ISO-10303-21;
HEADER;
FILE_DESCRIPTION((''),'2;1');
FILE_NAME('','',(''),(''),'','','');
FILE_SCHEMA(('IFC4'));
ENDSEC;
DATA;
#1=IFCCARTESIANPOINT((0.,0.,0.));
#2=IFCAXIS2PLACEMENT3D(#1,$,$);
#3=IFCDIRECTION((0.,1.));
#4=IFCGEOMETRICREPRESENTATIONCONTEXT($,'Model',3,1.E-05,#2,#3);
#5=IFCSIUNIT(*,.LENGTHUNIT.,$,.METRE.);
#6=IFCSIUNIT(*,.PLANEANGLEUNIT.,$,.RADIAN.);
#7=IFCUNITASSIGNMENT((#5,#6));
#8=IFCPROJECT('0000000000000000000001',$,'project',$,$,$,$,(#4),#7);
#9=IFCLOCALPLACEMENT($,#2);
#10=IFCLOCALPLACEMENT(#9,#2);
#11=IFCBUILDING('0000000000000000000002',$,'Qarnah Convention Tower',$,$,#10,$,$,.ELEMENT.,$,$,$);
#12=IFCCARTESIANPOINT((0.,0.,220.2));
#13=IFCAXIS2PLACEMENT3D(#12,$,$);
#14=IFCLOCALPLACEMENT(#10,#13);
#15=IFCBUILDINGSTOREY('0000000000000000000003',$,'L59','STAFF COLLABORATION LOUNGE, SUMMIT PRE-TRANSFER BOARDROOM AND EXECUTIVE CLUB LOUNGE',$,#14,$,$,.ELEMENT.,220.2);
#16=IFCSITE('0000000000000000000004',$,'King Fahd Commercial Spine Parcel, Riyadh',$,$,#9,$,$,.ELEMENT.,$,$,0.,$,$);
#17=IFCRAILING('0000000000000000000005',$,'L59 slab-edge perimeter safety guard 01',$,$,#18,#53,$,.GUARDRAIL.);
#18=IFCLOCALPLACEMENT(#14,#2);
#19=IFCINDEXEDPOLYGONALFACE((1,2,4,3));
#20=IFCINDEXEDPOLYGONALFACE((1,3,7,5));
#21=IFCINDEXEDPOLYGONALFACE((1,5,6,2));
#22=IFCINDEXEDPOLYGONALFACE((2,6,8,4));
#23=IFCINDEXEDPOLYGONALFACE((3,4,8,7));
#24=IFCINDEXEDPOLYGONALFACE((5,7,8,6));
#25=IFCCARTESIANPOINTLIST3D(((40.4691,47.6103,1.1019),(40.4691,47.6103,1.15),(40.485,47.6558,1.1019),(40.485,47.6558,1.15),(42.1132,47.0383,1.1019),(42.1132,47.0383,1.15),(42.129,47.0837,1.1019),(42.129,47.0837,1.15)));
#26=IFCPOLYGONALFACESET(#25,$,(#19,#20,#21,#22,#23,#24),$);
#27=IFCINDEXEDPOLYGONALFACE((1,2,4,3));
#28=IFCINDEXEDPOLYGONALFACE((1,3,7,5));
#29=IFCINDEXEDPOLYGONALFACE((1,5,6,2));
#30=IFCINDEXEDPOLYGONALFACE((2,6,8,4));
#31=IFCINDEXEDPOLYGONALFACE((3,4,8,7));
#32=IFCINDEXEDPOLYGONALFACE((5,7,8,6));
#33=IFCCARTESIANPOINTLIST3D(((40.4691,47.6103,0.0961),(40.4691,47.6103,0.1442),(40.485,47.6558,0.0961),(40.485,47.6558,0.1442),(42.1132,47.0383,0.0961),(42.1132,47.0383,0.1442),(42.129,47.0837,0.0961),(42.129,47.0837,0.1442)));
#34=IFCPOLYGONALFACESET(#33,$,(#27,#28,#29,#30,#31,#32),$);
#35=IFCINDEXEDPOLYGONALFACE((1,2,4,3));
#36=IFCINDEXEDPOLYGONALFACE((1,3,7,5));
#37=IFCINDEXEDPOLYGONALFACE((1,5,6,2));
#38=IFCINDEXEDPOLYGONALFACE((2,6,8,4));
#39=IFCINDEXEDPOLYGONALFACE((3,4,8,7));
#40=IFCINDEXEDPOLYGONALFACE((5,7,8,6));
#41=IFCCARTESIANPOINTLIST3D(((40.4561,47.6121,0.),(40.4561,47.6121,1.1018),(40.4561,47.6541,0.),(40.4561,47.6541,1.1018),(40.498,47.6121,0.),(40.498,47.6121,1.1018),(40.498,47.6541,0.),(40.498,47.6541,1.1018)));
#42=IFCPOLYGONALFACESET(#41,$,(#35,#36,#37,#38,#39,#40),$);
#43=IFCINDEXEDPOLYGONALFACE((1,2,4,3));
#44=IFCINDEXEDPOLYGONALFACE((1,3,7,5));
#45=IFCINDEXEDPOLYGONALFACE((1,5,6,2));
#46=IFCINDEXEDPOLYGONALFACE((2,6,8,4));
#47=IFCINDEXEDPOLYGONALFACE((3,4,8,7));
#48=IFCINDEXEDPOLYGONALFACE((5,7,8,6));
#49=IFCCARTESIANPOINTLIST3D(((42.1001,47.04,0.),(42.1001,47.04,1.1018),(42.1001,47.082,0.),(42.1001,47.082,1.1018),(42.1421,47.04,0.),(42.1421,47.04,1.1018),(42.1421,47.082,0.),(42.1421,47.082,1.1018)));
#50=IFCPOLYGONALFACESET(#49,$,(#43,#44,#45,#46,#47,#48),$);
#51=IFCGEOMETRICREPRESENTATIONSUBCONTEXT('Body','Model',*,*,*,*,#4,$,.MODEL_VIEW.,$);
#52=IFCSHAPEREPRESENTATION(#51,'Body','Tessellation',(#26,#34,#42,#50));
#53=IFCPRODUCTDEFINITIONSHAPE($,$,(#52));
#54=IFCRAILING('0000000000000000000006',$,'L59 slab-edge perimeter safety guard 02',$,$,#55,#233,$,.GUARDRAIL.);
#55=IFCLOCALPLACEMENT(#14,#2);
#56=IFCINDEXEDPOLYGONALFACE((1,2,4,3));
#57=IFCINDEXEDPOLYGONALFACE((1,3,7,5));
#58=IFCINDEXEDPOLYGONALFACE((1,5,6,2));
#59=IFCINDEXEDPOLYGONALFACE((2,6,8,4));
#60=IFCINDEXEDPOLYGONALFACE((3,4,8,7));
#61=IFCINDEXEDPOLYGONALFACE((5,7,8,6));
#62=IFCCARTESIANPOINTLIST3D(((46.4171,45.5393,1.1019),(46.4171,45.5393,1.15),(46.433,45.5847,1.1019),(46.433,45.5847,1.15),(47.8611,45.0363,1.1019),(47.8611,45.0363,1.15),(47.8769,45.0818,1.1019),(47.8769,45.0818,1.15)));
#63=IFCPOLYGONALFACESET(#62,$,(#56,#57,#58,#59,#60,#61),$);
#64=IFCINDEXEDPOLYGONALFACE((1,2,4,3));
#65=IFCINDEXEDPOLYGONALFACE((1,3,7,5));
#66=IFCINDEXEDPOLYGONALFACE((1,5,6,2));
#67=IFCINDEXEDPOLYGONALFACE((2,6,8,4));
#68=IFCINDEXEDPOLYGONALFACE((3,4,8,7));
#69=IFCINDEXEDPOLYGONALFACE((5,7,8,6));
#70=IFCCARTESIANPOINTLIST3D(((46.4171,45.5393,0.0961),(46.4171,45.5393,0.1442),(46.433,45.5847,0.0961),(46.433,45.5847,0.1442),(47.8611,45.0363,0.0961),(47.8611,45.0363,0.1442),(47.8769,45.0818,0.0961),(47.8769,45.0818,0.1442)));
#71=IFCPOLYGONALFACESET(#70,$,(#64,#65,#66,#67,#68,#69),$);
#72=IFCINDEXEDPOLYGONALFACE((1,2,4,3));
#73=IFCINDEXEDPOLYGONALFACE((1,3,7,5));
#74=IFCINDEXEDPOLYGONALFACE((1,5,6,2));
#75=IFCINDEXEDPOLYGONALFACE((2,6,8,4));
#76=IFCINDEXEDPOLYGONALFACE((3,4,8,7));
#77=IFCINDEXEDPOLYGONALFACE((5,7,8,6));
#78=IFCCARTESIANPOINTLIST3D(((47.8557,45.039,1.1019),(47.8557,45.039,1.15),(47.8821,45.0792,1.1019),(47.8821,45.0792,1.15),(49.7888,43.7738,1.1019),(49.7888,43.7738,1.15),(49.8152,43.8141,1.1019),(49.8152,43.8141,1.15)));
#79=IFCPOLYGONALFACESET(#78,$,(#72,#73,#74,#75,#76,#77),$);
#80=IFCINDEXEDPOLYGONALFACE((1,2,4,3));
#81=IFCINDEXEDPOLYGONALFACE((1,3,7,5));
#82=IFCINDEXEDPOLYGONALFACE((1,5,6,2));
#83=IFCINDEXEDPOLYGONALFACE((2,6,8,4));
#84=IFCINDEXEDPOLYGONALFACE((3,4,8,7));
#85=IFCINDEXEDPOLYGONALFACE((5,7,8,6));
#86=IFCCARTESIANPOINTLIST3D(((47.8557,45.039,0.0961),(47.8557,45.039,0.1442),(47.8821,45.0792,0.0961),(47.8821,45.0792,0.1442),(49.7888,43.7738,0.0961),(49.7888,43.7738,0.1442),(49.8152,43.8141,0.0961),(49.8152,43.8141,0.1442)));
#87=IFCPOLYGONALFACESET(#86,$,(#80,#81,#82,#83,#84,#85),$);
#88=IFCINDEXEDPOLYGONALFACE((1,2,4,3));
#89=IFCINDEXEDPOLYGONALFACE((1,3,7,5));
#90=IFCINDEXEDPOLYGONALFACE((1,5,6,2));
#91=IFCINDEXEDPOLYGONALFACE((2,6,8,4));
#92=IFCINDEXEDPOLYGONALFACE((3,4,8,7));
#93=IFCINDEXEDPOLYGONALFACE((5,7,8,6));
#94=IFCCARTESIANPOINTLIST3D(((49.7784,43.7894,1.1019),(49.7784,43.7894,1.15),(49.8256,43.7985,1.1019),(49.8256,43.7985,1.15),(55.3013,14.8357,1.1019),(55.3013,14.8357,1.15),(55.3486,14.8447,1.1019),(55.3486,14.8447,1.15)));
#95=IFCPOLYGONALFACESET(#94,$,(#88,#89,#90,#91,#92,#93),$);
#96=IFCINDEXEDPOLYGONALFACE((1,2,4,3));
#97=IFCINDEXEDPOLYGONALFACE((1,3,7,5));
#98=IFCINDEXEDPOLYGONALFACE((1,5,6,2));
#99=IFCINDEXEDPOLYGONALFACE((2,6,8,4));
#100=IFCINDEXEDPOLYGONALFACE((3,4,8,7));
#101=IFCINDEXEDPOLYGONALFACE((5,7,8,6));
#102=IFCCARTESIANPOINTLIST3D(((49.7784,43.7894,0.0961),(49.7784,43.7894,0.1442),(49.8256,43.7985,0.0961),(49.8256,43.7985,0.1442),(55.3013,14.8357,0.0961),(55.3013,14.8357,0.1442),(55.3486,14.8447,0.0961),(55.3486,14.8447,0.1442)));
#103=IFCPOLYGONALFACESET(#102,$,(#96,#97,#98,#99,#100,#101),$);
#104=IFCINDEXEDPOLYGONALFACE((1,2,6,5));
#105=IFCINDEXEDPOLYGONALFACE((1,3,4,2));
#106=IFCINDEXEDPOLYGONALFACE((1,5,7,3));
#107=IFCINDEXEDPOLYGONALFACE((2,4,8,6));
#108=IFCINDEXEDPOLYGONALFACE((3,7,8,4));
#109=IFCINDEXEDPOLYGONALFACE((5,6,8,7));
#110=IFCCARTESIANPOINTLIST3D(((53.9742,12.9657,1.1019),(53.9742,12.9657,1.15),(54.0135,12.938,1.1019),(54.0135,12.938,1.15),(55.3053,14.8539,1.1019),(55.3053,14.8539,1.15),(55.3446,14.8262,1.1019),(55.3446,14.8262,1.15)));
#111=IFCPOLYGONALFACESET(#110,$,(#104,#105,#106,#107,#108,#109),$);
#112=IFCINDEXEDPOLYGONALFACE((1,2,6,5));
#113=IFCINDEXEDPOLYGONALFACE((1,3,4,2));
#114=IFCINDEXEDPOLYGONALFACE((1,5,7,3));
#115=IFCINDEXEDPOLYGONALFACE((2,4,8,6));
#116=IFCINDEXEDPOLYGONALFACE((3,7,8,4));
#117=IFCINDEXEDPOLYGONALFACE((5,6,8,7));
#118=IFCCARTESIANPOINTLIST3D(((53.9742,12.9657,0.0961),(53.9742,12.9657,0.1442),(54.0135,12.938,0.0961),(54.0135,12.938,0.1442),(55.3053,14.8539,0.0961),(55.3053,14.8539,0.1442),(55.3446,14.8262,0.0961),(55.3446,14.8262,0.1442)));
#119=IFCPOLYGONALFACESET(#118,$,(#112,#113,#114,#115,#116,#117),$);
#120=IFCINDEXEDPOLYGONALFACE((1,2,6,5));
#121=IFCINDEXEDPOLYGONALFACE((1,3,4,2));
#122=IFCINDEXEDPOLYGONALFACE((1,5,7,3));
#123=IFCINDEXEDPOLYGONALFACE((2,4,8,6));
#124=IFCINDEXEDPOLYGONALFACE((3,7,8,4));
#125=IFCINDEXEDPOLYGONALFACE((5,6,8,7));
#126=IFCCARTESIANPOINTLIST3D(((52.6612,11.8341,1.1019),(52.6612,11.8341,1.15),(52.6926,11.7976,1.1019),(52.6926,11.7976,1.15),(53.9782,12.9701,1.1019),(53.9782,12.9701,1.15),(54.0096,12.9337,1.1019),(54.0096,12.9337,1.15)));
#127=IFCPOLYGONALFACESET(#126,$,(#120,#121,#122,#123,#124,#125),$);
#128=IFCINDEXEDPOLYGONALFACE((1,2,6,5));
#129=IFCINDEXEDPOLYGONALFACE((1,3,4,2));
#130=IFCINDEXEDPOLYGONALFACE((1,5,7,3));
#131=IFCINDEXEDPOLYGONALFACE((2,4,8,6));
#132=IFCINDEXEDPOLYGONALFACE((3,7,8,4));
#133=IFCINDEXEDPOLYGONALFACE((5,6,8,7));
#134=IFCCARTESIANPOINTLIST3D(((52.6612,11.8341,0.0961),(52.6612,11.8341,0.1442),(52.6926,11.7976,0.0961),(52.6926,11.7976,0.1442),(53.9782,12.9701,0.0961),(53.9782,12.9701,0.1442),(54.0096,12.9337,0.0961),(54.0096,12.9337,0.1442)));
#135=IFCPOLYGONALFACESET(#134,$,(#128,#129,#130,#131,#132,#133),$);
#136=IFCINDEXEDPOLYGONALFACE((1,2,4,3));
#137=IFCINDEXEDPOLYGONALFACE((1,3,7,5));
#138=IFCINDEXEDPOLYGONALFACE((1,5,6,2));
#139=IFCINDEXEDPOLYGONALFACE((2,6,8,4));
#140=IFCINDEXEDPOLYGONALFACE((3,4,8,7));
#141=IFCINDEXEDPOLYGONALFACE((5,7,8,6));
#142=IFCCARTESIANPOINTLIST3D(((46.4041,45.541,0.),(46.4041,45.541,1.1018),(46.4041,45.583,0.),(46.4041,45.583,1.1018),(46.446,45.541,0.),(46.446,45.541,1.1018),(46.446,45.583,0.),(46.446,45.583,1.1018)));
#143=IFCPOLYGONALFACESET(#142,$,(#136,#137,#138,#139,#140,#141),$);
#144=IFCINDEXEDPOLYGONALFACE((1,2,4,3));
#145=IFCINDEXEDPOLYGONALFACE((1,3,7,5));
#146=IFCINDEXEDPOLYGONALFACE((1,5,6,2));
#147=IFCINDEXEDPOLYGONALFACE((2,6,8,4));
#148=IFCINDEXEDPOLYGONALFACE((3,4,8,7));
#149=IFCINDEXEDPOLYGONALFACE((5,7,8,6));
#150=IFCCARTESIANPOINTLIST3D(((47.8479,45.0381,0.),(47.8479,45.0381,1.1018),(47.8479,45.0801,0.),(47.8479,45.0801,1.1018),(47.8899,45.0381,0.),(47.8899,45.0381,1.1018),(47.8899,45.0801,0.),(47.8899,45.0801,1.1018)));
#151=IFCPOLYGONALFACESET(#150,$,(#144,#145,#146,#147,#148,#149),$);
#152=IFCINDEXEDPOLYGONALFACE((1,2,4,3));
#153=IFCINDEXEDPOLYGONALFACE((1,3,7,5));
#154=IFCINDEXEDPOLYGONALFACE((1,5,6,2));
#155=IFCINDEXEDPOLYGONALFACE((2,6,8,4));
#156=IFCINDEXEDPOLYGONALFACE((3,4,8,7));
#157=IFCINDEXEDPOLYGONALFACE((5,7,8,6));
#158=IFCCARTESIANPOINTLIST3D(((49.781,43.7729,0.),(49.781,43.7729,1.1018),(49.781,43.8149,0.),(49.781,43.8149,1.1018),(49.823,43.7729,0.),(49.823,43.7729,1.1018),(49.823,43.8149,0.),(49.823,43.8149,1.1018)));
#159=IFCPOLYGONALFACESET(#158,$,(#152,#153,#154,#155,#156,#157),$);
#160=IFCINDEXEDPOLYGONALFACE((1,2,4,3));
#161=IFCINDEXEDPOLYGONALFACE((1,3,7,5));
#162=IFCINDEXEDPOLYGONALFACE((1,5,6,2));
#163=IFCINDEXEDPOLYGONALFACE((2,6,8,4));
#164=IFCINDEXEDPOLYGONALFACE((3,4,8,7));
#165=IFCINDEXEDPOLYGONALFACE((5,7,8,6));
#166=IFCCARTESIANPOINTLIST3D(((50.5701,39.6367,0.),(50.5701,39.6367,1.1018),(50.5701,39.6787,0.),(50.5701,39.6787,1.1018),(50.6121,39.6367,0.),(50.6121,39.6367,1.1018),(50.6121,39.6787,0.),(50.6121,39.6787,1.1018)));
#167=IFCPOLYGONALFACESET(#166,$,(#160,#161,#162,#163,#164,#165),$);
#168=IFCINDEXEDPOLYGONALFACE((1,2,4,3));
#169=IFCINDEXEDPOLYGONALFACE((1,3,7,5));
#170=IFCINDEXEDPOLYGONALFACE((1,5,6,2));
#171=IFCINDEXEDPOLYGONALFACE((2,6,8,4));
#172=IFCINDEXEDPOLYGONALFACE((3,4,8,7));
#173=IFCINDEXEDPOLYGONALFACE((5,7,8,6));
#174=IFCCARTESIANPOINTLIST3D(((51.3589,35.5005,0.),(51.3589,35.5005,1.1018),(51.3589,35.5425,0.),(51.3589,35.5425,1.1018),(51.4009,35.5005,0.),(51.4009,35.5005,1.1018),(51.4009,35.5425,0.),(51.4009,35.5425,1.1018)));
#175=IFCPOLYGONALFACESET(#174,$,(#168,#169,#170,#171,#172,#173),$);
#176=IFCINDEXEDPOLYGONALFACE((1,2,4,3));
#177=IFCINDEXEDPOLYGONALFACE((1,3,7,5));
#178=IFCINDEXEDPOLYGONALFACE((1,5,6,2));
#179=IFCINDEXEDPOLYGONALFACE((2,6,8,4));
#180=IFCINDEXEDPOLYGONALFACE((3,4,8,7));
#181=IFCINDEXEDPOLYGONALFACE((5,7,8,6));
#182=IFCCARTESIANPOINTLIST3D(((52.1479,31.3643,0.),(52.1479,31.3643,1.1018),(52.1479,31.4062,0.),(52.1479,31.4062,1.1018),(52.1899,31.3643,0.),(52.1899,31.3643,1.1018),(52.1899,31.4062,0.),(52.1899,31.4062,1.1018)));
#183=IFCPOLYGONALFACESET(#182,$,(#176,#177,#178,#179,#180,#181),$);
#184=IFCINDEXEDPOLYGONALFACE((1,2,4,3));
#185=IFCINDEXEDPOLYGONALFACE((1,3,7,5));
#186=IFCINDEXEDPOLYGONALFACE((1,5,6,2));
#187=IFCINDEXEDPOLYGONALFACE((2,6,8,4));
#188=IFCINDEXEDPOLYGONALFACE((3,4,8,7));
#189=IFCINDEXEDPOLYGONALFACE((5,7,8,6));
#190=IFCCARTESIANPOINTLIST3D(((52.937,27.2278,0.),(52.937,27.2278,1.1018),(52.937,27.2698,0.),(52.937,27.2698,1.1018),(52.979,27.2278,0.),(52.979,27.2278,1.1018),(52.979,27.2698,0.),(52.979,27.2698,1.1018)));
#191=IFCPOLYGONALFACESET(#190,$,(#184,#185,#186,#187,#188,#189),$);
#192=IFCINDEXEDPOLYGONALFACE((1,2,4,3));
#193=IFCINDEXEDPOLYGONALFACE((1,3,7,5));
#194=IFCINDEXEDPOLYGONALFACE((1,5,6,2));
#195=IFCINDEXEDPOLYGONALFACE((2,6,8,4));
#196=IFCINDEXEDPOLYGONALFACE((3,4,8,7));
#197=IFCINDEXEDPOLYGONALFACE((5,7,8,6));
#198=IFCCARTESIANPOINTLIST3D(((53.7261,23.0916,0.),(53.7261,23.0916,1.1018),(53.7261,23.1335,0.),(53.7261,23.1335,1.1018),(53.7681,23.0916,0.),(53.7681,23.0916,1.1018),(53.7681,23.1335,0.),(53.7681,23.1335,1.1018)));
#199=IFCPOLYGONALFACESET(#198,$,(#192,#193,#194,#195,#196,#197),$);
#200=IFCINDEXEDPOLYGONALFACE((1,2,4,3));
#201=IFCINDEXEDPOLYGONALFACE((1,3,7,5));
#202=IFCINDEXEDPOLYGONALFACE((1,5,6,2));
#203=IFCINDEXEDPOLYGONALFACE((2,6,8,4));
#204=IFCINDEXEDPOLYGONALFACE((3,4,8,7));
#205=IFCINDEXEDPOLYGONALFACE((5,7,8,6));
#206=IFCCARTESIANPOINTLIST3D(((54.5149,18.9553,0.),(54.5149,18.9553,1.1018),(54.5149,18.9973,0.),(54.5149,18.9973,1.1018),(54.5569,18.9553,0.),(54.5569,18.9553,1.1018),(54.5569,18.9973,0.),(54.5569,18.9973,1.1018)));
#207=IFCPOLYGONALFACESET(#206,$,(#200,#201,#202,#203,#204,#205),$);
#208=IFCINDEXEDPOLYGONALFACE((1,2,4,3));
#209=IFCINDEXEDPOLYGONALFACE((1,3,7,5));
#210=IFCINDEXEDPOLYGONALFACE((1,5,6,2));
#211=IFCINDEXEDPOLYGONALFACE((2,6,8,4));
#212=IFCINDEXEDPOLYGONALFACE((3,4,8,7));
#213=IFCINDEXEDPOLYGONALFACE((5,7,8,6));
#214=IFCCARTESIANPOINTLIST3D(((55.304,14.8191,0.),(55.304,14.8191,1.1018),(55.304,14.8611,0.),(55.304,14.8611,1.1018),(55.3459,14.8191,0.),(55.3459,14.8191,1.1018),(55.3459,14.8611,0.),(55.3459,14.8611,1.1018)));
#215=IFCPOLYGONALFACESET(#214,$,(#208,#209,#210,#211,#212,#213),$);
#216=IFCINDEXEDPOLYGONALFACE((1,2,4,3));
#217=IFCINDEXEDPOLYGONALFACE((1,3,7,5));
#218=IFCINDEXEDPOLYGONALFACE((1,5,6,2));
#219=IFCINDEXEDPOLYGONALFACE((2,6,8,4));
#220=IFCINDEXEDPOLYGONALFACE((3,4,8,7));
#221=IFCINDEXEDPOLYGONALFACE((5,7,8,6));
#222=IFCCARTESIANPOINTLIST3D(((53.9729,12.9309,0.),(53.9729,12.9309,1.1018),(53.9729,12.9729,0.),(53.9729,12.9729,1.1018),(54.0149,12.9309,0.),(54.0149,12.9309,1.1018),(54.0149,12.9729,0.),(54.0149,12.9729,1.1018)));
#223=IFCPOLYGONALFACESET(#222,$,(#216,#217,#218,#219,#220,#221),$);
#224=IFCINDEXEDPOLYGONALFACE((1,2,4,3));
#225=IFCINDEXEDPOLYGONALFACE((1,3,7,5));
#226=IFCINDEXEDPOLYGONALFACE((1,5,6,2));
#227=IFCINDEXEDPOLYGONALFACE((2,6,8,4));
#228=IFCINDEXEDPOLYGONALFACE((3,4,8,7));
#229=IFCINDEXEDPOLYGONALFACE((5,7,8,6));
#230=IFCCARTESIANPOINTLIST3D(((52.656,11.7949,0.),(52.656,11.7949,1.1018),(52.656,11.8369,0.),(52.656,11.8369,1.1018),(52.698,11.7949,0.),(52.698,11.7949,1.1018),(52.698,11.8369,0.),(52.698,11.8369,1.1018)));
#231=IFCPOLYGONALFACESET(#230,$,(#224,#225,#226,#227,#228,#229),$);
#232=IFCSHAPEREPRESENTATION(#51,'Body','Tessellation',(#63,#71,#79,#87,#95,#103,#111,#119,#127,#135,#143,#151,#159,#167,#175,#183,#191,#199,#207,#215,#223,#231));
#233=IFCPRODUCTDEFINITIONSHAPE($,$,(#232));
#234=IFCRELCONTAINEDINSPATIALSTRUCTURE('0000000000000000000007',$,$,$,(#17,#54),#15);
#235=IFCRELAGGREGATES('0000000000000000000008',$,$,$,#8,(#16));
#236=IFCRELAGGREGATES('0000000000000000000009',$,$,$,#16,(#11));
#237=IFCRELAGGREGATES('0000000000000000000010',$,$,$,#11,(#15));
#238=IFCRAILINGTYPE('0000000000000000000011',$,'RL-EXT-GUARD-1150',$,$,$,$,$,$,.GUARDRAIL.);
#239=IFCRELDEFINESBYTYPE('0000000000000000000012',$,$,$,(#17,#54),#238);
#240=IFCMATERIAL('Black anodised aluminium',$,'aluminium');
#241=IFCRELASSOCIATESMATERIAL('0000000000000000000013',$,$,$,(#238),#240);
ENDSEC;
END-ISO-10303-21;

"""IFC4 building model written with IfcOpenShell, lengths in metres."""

from ifc_helpers import new_model, si_unit, direction, frame, origin, origin_2d, place, context, subcontext, project, spatial, rectangle, extrude, material, type_object, element, save


model = new_model("IFC4")

# Units and contexts
model_context = context("Model", 3, precision=1e-05, world=origin(), true_north=direction((0.0, 1.0)))
body_context = subcontext(model_context, "Body", "Model", "MODEL_VIEW")
ifc_project = project(units=[si_unit("LENGTHUNIT", "METRE"), si_unit("PLANEANGLEUNIT", "RADIAN")], contexts=[model_context])

# Site, building, storey
site_placement = place(None, origin())
site = spatial("IfcSite", under=ifc_project, at=site_placement, Name="King Fahd Commercial Spine Parcel, Riyadh", CompositionType="ELEMENT", RefElevation=0.0)
building_placement = place(site_placement, origin())
building = spatial("IfcBuilding", under=site, at=building_placement, Name="Qarnah Convention Tower", CompositionType="ELEMENT")
storey_placement = place(building_placement, frame((0.0, 0.0, 220.2)))
storey = spatial("IfcBuildingStorey", under=building, at=storey_placement, Name="L59", Description="STAFF COLLABORATION LOUNGE, SUMMIT PRE-TRANSFER BOARDROOM AND EXECUTIVE CLUB LOUNGE", CompositionType="ELEMENT", Elevation=220.2)

# Shared definitions
ifc_material_1 = material(Name="Black anodised aluminium", Category="aluminium")

# Railings
railing_type = type_object("IfcRailingType", Name="RL-EXT-GUARD-1150", PredefinedType="GUARDRAIL", material=ifc_material_1)
railing_1_placement = place(storey_placement, frame((40.4771, 47.6331, 0.0)))
element("IfcRailing", 1, at=railing_1_placement, inside=storey, type_object=railing_type, Name="L59 slab-edge perimeter safety guard 01", PredefinedType="GUARDRAIL", context=body_context, shape_type="SweptSolid", body=[
    extrude(rectangle(XDim=0.0481, YDim=0.0481, at=origin_2d()), frame((0.0, 0.0, 1.126), z_axis=(0.944465, -0.328613, 0.0), x_axis=(0.328613, 0.944465, 0.0)), (0.0, 0.0, 1.0), 1.7407),
    extrude(rectangle(XDim=0.0481, YDim=0.0481, at=origin_2d()), frame((0.0, 0.0, 0.1201), z_axis=(0.944465, -0.328613, 0.0), x_axis=(0.328613, 0.944465, 0.0)), (0.0, 0.0, 1.0), 1.7407),
    extrude(rectangle(XDim=0.042, YDim=0.042, at=origin_2d()), origin(), (0.0, 0.0, 1.0), 1.1018),
    extrude(rectangle(XDim=0.042, YDim=0.042, at=origin_2d()), frame((1.644, -0.572, 0.0)), (0.0, 0.0, 1.0), 1.1018),
])
railing_2_placement = place(storey_placement, frame((46.425, 45.562, 0.0)))
element("IfcRailing", 2, at=railing_2_placement, inside=storey, type_object=railing_type, Name="L59 slab-edge perimeter safety guard 02", PredefinedType="GUARDRAIL", context=body_context, shape_type="SweptSolid", body=[
    extrude(rectangle(XDim=0.0481, YDim=0.0481, at=origin_2d()), frame((0.0, 0.0, 1.126), z_axis=(0.94435, -0.328942, 0.0), x_axis=(0.328942, 0.94435, 0.0)), (0.0, 0.0, 1.0), 1.5291),
    extrude(rectangle(XDim=0.0481, YDim=0.0481, at=origin_2d()), frame((0.0, 0.0, 0.1201), z_axis=(0.94435, -0.328942, 0.0), x_axis=(0.328942, 0.94435, 0.0)), (0.0, 0.0, 1.0), 1.5291),
    extrude(rectangle(XDim=0.0481, YDim=0.0481, at=origin_2d()), frame((1.4438, -0.5029, 1.126), z_axis=(0.836735, -0.547608, 0.0), x_axis=(0.547608, 0.836735, 0.0)), (0.0, 0.0, 1.0), 2.3103),
    extrude(rectangle(XDim=0.0481, YDim=0.0481, at=origin_2d()), frame((1.4438, -0.5029, 0.1201), z_axis=(0.836735, -0.547608, 0.0), x_axis=(0.547608, 0.836735, 0.0)), (0.0, 0.0, 1.0), 2.3103),
    extrude(rectangle(XDim=0.0481, YDim=0.0481, at=origin_2d()), frame((3.377, -1.7681, 1.126), z_axis=(0.187372, -0.982289, 0.0), x_axis=(0.982289, 0.187372, 0.0)), (0.0, 0.0, 1.0), 29.4758),
    extrude(rectangle(XDim=0.0481, YDim=0.0481, at=origin_2d()), frame((3.377, -1.7681, 0.1201), z_axis=(0.187372, -0.982289, 0.0), x_axis=(0.982289, 0.187372, 0.0)), (0.0, 0.0, 1.0), 29.4758),
    extrude(rectangle(XDim=0.0481, YDim=0.0481, at=origin_2d()), frame((8.8999, -30.7219, 1.126), z_axis=(-0.576169, -0.817331, 0.0), x_axis=(0.817331, -0.576169, 0.0)), (0.0, 0.0, 1.0), 2.3103),
    extrude(rectangle(XDim=0.0481, YDim=0.0481, at=origin_2d()), frame((8.8999, -30.7219, 0.1201), z_axis=(-0.576169, -0.817331, 0.0), x_axis=(0.817331, -0.576169, 0.0)), (0.0, 0.0, 1.0), 2.3103),
    extrude(rectangle(XDim=0.0481, YDim=0.0481, at=origin_2d()), frame((7.5688, -32.6101, 1.126), z_axis=(-0.757202, -0.653181, 0.0), x_axis=(0.653181, -0.757202, 0.0)), (0.0, 0.0, 1.0), 1.7393),
    extrude(rectangle(XDim=0.0481, YDim=0.0481, at=origin_2d()), frame((7.5688, -32.6101, 0.1201), z_axis=(-0.757202, -0.653181, 0.0), x_axis=(0.653181, -0.757202, 0.0)), (0.0, 0.0, 1.0), 1.7393),
    extrude(rectangle(XDim=0.042, YDim=0.042, at=origin_2d()), origin(), (0.0, 0.0, 1.0), 1.1018),
    extrude(rectangle(XDim=0.042, YDim=0.042, at=origin_2d()), frame((1.4438, -0.5029, 0.0)), (0.0, 0.0, 1.0), 1.1018),
    extrude(rectangle(XDim=0.042, YDim=0.042, at=origin_2d()), frame((3.377, -1.7681, 0.0)), (0.0, 0.0, 1.0), 1.1018),
    extrude(rectangle(XDim=0.042, YDim=0.042, at=origin_2d()), frame((4.166, -5.9043, 0.0)), (0.0, 0.0, 1.0), 1.1018),
    extrude(rectangle(XDim=0.042, YDim=0.042, at=origin_2d()), frame((4.9548, -10.0405, 0.0)), (0.0, 0.0, 1.0), 1.1018),
    extrude(rectangle(XDim=0.042, YDim=0.042, at=origin_2d()), frame((5.7439, -14.1768, 0.0)), (0.0, 0.0, 1.0), 1.1018),
    extrude(rectangle(XDim=0.042, YDim=0.042, at=origin_2d()), frame((6.533, -18.3132, 0.0)), (0.0, 0.0, 1.0), 1.1018),
    extrude(rectangle(XDim=0.042, YDim=0.042, at=origin_2d()), frame((7.322, -22.4495, 0.0)), (0.0, 0.0, 1.0), 1.1018),
    extrude(rectangle(XDim=0.042, YDim=0.042, at=origin_2d()), frame((8.1108, -26.5857, 0.0)), (0.0, 0.0, 1.0), 1.1018),
    extrude(rectangle(XDim=0.042, YDim=0.042, at=origin_2d()), frame((8.8999, -30.7219, 0.0)), (0.0, 0.0, 1.0), 1.1018),
    extrude(rectangle(XDim=0.042, YDim=0.042, at=origin_2d()), frame((7.5688, -32.6101, 0.0)), (0.0, 0.0, 1.0), 1.1018),
    extrude(rectangle(XDim=0.042, YDim=0.042, at=origin_2d()), frame((6.252, -33.7461, 0.0)), (0.0, 0.0, 1.0), 1.1018),
])

save(model, "model.ifc")
